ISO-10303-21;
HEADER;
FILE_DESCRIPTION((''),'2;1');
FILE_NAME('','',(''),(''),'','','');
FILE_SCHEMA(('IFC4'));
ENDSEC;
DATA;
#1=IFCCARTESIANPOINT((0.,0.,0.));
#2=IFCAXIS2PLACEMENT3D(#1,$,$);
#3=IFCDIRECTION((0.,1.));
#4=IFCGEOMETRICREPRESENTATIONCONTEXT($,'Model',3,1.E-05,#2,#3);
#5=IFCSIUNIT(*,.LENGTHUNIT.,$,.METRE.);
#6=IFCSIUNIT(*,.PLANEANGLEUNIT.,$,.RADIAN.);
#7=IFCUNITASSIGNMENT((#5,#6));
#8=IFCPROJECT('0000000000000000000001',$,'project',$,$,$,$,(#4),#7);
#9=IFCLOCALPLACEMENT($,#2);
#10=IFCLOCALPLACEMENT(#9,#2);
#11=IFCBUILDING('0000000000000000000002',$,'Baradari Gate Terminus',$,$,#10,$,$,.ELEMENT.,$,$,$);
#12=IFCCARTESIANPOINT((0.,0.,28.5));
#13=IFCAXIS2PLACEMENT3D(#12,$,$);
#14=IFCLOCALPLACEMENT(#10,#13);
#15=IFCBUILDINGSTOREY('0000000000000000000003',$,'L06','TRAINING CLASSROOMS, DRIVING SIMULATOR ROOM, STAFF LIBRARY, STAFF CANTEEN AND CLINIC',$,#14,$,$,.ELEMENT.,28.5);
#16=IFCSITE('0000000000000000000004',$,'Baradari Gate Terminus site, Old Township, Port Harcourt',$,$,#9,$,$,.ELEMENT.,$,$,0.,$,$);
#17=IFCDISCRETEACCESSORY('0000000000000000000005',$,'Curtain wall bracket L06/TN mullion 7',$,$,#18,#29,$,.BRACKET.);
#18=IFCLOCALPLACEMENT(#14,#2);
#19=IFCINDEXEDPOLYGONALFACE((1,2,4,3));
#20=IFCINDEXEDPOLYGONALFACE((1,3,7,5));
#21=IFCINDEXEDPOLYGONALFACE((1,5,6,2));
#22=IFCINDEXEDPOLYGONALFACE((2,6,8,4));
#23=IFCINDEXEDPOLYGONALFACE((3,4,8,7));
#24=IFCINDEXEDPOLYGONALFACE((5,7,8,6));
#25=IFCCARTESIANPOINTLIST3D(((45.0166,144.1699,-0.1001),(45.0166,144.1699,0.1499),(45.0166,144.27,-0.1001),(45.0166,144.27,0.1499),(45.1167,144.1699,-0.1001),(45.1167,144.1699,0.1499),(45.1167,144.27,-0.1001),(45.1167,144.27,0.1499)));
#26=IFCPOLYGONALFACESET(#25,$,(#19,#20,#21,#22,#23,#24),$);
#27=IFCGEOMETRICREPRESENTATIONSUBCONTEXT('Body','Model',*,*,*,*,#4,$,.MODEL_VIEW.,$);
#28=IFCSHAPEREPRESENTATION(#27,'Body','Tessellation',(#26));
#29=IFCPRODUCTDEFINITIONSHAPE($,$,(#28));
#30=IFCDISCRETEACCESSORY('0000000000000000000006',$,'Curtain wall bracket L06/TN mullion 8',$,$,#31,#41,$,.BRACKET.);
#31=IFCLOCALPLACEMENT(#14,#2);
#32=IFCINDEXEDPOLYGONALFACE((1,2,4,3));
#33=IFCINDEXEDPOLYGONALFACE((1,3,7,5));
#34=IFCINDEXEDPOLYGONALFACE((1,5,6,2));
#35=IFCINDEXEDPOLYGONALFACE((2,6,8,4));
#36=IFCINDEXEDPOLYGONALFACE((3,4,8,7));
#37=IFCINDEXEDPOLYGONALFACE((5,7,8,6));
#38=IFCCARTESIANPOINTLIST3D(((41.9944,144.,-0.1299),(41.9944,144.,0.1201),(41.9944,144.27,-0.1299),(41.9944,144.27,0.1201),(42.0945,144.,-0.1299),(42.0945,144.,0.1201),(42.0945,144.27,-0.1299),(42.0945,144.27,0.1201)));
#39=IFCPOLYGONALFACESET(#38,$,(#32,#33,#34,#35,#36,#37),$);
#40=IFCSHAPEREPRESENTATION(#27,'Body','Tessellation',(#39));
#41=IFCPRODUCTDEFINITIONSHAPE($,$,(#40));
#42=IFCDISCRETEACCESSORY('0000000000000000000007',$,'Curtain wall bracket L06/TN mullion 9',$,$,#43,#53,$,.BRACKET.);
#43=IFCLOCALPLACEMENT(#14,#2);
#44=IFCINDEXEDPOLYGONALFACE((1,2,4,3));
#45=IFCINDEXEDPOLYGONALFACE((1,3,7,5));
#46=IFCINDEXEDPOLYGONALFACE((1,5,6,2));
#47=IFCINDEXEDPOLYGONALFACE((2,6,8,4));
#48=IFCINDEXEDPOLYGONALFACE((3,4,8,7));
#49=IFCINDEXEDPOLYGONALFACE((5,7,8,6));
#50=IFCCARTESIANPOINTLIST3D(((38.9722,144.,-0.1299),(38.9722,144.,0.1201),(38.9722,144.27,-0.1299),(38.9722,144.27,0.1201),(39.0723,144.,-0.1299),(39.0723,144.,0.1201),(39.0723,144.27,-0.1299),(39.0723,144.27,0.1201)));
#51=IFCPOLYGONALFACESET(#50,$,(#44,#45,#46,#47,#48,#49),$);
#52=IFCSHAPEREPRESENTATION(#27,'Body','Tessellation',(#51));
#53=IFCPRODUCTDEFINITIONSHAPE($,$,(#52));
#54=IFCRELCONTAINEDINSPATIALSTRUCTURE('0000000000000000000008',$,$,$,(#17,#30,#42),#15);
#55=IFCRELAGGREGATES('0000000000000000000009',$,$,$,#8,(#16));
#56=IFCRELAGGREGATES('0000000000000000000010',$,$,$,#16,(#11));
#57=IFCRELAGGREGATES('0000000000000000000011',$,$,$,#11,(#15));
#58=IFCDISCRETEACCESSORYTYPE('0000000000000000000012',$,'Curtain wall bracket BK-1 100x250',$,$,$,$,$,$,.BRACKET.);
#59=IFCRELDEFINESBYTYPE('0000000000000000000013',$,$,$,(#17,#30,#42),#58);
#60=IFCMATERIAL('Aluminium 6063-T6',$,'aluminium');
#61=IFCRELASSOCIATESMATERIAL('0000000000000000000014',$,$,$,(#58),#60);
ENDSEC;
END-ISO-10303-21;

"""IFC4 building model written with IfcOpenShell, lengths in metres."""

from ifc_helpers import new_model, si_unit, direction, frame, origin, origin_2d, place, context, subcontext, project, spatial, rectangle, extrude, material, type_object, element, save


model = new_model("IFC4")

# Units and contexts
model_context = context("Model", 3, precision=1e-05, world=origin(), true_north=direction((0.0, 1.0)))
body_context = subcontext(model_context, "Body", "Model", "MODEL_VIEW")
ifc_project = project(units=[si_unit("LENGTHUNIT", "METRE"), si_unit("PLANEANGLEUNIT", "RADIAN")], contexts=[model_context])

# Site, building, storey
site_placement = place(None, origin())
site = spatial("IfcSite", under=ifc_project, at=site_placement, Name="Baradari Gate Terminus site, Old Township, Port Harcourt", CompositionType="ELEMENT", RefElevation=0.0)
building_placement = place(site_placement, origin())
building = spatial("IfcBuilding", under=site, at=building_placement, Name="Baradari Gate Terminus", CompositionType="ELEMENT")
storey_placement = place(building_placement, frame((0.0, 0.0, 28.5)))
storey = spatial("IfcBuildingStorey", under=building, at=storey_placement, Name="L06", Description="TRAINING CLASSROOMS, DRIVING SIMULATOR ROOM, STAFF LIBRARY, STAFF CANTEEN AND CLINIC", CompositionType="ELEMENT", Elevation=28.5)

# Discrete accessories
ifc_material_1 = material(Name="Aluminium 6063-T6", Category="aluminium")
discrete_accessory_type = type_object("IfcDiscreteAccessoryType", Name="Curtain wall bracket BK-1 100x250", PredefinedType="BRACKET", material=ifc_material_1)
discrete_accessory_placement = place(storey_placement, frame((45.0667, 144.22, -0.1001), z_axis=(0.0, 0.0, 1.0), x_axis=(0.0, 1.0, 0.0)))
element("IfcDiscreteAccessory", 1, at=discrete_accessory_placement, inside=storey, type_object=discrete_accessory_type, Name="Curtain wall bracket L06/TN mullion 7", PredefinedType="BRACKET", context=body_context, shape_type="SweptSolid", body=[
    extrude(rectangle(XDim=0.1001, YDim=0.1001, at=origin_2d()), origin(), (0.0, 0.0, 1.0), 0.25),
])
for number, where, z_axis, x_axis, name in (
    (2, (42.0444, 144.135, -0.1299), (0.0, 0.0, 1.0), (0.0, 1.0, 0.0), "Curtain wall bracket L06/TN mullion 8"),
    (3, (39.0222, 144.135, -0.1299), (0.0, 0.0, 1.0), (0.0, 1.0, 0.0), "Curtain wall bracket L06/TN mullion 9"),
):
    element("IfcDiscreteAccessory", number, at=place(storey_placement, frame(where, z_axis=z_axis, x_axis=x_axis)), inside=storey, type_object=discrete_accessory_type, Name=name, PredefinedType="BRACKET", context=body_context, shape_type="SweptSolid", body=[
        extrude(rectangle(XDim=0.27, YDim=0.1001, at=origin_2d()), origin(), (0.0, 0.0, 1.0), 0.25),
    ])

save(model, "model.ifc")
